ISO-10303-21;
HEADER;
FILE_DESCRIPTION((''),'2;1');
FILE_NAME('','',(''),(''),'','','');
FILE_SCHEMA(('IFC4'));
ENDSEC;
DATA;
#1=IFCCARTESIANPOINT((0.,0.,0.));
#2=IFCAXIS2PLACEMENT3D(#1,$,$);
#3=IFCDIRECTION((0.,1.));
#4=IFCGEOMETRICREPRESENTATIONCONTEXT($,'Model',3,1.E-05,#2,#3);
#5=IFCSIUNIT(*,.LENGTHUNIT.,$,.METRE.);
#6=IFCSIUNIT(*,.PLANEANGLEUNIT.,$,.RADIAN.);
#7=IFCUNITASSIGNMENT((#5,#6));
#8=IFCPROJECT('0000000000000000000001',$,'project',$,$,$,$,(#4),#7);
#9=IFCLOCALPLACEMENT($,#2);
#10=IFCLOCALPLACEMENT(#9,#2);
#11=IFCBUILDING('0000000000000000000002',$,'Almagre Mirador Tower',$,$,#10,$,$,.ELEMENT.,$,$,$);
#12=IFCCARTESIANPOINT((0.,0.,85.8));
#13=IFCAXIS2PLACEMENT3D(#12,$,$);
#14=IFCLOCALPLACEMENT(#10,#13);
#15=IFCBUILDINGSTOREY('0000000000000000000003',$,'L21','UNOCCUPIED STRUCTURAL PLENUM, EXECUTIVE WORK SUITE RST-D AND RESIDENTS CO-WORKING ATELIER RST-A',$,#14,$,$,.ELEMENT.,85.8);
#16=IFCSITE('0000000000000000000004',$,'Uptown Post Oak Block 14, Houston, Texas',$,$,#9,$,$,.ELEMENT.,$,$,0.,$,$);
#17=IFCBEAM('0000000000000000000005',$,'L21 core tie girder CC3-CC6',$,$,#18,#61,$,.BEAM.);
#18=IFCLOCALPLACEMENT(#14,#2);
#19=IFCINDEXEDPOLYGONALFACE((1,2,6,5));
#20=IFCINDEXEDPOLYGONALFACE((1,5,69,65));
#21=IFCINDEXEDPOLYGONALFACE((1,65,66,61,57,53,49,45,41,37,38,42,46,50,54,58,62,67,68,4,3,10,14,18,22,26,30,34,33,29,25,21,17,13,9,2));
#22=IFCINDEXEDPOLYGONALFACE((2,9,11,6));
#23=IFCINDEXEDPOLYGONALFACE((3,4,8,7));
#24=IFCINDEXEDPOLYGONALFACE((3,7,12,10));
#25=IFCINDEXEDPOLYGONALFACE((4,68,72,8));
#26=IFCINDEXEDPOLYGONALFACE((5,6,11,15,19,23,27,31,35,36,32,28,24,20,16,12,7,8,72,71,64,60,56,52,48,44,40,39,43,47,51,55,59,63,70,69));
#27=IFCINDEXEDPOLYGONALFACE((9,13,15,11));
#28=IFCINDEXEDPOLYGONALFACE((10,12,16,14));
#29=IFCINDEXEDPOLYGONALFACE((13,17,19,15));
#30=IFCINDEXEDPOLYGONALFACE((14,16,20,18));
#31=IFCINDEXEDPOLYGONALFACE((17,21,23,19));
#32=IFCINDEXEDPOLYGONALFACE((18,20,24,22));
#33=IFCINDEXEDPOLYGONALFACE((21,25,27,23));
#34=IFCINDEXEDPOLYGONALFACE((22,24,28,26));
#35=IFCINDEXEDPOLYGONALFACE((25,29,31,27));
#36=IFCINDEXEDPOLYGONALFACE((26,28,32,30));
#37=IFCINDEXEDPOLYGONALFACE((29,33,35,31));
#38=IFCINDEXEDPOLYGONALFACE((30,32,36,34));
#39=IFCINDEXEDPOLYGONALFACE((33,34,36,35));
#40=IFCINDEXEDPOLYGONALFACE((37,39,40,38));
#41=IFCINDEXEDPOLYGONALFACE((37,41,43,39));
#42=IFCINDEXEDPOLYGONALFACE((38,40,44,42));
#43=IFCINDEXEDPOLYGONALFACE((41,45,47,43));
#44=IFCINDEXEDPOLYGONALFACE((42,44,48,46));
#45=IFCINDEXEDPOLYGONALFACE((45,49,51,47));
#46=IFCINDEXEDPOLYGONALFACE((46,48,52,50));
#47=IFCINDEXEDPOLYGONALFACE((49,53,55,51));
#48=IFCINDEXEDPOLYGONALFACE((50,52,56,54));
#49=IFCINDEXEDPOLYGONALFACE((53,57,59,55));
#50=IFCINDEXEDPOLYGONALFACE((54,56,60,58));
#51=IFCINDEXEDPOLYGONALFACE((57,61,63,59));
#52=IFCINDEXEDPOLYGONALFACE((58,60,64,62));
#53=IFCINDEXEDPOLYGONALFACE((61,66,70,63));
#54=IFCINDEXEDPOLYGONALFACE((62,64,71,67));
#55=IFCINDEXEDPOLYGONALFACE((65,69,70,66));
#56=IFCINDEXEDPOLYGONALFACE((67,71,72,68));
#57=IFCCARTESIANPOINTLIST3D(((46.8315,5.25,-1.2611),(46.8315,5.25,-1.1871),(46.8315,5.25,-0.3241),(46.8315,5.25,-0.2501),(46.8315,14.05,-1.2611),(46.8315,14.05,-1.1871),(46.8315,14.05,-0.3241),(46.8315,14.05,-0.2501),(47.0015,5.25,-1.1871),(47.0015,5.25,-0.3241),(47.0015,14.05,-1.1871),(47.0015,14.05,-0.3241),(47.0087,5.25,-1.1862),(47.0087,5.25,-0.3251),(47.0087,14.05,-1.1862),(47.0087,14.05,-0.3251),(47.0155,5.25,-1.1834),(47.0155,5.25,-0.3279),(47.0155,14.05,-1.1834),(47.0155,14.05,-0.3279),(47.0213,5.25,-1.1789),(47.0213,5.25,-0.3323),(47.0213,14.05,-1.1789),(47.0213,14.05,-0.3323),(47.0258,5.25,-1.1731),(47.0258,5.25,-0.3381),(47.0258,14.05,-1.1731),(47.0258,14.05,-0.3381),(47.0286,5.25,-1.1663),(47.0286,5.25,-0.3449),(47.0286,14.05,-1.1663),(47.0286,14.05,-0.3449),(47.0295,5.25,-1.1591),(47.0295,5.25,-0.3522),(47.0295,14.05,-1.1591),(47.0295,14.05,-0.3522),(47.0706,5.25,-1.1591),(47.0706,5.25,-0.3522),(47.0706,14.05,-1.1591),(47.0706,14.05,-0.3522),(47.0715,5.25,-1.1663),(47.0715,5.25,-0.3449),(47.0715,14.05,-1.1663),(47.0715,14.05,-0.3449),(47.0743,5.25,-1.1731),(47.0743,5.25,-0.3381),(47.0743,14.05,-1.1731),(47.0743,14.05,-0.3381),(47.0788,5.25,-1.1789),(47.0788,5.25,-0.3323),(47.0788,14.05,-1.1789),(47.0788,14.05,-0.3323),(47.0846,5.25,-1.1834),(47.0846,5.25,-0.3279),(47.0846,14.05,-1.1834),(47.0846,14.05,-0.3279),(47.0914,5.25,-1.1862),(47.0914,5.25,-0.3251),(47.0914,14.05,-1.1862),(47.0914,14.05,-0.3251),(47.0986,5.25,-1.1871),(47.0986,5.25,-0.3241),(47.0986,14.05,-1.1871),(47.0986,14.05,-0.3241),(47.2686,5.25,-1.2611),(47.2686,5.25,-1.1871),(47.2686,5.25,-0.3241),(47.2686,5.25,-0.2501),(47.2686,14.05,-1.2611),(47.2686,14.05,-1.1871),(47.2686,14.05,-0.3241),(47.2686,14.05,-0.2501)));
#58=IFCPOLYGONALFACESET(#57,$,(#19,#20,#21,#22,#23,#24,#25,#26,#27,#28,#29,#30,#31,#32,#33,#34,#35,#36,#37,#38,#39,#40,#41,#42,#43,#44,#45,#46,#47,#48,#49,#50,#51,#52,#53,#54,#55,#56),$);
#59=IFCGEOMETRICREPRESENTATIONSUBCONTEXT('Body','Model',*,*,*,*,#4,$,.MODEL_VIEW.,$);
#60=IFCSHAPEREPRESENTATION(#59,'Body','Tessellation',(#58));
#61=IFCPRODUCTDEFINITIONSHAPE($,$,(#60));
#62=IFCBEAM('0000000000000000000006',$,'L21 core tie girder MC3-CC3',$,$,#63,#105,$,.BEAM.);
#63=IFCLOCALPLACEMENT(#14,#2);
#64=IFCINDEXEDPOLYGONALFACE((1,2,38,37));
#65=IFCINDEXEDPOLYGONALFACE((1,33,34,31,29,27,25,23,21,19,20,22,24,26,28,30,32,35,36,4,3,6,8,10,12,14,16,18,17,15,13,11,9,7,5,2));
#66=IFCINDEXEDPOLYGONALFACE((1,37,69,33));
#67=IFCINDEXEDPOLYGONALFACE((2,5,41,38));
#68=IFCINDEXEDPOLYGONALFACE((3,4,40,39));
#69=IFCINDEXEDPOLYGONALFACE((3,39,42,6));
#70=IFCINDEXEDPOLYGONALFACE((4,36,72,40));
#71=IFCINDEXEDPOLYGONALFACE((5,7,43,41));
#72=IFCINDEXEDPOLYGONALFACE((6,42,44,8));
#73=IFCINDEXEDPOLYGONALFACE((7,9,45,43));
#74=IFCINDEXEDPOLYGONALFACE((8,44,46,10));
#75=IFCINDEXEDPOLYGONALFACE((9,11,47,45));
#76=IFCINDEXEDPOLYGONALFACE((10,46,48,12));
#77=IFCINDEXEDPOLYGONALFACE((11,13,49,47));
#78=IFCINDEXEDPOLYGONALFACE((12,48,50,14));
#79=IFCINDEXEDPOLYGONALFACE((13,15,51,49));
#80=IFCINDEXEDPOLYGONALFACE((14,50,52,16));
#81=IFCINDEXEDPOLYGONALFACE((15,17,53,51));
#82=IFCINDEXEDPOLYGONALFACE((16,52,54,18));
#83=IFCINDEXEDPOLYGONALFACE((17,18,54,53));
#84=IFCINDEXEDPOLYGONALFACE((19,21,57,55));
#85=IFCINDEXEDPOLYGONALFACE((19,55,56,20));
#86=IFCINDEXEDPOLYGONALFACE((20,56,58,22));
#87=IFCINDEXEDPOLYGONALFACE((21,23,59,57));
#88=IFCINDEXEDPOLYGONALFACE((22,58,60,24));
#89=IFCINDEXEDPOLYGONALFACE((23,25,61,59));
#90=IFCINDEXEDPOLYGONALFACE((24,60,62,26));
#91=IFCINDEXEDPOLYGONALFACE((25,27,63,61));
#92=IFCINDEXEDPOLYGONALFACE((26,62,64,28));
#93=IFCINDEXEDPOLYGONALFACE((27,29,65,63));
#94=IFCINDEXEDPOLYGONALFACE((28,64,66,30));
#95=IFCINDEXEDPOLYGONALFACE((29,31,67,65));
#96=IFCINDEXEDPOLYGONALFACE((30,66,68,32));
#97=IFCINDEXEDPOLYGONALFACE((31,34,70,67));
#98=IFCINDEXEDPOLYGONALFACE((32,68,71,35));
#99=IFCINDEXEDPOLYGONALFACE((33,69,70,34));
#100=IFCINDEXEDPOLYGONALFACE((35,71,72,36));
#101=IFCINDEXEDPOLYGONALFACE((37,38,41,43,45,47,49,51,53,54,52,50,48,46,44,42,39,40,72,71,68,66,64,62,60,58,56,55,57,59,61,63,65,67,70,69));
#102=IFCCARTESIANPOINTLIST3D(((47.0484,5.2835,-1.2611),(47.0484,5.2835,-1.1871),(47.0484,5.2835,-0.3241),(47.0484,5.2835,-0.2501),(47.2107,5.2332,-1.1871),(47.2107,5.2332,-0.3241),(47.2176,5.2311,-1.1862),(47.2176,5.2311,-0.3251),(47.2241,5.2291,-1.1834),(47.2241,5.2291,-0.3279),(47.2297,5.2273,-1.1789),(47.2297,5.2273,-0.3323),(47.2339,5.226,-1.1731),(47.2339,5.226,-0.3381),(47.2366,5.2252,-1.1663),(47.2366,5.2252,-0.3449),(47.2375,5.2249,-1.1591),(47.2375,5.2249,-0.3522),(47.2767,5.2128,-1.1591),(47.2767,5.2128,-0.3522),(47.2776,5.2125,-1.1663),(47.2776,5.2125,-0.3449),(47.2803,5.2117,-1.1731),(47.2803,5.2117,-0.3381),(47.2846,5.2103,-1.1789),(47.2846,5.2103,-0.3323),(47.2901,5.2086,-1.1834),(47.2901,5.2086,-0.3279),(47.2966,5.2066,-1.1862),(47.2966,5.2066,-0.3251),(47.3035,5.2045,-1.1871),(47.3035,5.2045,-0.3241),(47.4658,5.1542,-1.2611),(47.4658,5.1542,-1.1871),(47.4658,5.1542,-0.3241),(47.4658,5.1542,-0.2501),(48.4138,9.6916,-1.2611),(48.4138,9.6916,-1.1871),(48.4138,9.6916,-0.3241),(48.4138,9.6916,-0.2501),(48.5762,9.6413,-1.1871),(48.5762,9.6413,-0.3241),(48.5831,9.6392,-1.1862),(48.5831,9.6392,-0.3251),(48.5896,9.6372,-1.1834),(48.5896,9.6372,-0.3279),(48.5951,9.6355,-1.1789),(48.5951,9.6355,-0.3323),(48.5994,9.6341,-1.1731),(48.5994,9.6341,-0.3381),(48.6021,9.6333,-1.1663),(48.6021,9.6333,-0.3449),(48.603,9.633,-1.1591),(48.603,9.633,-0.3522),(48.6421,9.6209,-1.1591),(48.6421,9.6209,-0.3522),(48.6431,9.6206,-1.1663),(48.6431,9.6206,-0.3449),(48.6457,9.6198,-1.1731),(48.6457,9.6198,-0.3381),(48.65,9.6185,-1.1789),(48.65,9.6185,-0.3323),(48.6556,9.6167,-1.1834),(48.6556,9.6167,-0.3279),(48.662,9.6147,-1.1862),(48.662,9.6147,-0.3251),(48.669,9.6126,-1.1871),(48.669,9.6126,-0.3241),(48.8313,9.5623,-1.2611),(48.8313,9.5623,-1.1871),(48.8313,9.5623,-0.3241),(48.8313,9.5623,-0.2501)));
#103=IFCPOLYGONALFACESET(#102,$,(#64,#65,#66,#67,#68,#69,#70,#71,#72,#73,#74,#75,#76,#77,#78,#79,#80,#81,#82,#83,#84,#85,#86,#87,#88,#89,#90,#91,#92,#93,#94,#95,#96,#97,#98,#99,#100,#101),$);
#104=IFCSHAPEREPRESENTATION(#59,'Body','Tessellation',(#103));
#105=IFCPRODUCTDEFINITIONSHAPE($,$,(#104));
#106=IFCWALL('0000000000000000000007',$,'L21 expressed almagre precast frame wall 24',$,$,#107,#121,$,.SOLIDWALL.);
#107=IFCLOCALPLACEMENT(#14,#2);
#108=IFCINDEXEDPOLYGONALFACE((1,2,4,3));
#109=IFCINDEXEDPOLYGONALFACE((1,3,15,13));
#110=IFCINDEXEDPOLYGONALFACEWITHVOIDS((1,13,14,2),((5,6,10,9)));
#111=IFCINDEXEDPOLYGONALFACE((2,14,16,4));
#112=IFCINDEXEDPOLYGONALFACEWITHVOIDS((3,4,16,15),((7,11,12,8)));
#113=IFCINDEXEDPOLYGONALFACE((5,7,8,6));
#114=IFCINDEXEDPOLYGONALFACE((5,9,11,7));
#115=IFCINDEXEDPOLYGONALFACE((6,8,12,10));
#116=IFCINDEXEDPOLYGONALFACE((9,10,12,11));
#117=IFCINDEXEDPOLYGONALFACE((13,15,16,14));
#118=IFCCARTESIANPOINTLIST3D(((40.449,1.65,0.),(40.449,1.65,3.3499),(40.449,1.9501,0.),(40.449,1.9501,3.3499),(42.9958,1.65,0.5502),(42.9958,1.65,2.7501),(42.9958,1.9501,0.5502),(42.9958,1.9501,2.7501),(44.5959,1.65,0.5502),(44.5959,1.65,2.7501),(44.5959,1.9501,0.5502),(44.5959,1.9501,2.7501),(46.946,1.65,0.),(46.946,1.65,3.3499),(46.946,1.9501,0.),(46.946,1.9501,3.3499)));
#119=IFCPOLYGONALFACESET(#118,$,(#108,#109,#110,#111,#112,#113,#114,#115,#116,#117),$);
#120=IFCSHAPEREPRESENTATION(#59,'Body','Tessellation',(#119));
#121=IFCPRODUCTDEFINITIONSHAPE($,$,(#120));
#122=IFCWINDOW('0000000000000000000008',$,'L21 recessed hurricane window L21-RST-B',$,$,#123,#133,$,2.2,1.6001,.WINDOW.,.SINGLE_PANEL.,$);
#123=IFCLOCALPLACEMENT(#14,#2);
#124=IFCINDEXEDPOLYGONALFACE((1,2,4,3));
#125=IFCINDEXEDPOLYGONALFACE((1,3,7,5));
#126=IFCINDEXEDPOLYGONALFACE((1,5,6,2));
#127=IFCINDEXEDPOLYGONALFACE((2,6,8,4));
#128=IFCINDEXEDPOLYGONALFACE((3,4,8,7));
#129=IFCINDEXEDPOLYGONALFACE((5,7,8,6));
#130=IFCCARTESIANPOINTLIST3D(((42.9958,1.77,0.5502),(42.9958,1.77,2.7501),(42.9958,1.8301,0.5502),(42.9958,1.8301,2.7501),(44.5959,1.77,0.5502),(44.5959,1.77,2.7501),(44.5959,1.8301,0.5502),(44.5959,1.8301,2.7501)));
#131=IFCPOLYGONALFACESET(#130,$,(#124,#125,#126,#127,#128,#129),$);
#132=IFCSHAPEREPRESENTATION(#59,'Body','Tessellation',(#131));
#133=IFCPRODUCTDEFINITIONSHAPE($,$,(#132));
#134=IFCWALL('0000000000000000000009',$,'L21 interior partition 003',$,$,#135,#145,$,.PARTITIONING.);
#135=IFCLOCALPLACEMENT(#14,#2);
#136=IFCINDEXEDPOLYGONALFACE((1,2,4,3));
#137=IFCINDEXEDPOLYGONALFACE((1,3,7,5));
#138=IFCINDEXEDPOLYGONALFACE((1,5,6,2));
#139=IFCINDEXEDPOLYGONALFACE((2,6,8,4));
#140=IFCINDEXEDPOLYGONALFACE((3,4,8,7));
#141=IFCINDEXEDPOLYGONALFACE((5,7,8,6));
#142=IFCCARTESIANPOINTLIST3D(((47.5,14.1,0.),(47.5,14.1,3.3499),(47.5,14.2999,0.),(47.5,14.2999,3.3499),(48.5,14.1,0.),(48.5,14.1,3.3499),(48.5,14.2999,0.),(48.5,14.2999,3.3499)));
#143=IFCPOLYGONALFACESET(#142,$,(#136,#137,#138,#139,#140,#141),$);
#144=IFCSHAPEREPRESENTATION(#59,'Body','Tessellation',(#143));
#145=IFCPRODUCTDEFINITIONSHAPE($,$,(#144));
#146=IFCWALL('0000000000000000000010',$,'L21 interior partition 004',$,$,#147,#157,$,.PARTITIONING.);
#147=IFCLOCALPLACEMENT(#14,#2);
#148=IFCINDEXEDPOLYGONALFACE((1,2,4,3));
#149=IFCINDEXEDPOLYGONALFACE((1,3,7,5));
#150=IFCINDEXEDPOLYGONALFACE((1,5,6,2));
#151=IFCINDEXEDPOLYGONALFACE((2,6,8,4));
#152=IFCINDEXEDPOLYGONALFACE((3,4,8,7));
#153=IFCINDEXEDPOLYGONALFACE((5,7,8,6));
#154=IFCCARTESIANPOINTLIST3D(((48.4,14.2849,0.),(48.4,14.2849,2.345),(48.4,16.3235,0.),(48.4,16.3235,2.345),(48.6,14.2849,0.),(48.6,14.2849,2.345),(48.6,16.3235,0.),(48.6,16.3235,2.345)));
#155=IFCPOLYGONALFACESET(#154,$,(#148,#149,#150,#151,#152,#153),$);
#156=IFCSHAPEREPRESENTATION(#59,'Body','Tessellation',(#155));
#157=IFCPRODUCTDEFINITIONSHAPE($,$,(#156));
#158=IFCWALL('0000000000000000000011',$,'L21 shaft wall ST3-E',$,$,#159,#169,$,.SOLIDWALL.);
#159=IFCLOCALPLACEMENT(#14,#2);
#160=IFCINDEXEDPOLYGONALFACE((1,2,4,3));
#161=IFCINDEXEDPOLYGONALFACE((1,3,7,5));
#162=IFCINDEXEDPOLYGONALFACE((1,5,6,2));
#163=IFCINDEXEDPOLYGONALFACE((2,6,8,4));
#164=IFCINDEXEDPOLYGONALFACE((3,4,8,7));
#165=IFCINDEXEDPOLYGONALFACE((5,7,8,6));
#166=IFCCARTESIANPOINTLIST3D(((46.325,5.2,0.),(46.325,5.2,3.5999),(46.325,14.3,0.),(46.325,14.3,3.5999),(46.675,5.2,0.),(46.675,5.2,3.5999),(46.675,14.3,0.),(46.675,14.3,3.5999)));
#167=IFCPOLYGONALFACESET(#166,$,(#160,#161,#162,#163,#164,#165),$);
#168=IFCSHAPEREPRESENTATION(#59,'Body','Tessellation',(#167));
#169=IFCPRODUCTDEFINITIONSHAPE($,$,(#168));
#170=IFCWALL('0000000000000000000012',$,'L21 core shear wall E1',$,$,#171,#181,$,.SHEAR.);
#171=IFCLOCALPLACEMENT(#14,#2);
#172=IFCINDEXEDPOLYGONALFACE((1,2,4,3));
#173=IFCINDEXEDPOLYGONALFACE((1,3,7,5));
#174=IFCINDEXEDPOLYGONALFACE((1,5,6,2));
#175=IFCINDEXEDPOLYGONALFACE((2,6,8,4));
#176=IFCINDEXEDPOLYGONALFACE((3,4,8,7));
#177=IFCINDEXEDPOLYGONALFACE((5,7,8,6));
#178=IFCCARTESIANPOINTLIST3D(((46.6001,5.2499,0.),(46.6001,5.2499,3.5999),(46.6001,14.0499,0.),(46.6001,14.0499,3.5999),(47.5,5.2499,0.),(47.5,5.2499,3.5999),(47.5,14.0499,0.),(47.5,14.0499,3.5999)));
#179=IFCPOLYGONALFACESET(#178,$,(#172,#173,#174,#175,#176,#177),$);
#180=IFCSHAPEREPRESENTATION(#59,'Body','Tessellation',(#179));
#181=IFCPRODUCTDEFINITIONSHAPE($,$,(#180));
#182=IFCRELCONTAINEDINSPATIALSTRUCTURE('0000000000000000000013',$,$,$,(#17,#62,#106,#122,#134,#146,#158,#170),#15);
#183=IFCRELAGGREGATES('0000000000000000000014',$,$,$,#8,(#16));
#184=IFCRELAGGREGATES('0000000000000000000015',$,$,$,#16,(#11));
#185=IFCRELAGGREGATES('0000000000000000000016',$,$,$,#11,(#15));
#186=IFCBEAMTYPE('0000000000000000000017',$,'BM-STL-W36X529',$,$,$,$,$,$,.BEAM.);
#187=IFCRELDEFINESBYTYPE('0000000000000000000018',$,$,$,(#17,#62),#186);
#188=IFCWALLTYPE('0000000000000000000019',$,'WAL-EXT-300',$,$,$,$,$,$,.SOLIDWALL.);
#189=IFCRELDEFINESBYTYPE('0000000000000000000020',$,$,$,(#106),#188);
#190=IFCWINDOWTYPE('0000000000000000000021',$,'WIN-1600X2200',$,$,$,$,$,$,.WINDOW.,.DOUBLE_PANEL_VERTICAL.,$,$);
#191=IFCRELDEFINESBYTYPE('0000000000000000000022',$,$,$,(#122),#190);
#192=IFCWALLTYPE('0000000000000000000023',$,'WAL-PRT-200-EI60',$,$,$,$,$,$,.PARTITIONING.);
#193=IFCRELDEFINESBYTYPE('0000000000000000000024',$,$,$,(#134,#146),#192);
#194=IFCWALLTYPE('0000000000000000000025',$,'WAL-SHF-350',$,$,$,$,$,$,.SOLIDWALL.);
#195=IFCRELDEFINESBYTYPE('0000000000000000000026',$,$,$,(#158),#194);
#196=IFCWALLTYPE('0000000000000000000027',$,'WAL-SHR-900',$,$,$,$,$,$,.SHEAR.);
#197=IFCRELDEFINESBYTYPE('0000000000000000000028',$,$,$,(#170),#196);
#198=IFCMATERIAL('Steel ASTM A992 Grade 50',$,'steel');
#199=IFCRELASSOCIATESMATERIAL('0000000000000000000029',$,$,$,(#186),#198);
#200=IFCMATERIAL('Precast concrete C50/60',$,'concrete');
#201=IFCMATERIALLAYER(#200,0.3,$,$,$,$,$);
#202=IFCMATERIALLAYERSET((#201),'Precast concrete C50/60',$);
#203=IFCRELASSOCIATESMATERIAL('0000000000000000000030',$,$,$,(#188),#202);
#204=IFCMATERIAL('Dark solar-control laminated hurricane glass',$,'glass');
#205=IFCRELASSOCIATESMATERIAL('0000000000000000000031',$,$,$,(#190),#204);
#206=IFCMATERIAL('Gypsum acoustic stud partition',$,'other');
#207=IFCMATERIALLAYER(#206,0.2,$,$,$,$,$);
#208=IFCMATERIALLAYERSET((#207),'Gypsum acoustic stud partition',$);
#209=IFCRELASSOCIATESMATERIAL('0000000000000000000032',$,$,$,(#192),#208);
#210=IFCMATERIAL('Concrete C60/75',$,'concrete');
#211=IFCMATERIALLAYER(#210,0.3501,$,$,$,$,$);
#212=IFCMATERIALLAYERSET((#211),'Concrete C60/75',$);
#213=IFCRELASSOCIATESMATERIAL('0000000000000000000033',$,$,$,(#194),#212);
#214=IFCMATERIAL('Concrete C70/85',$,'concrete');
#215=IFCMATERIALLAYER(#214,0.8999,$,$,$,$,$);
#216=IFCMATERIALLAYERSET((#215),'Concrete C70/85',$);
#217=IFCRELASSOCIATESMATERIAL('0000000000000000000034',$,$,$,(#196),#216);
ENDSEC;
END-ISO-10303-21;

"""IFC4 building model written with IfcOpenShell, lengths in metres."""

from ifc_helpers import new_model, si_unit, direction, frame, frame_2d, origin, origin_2d, place, context, subcontext, project, spatial, rectangle, i_section, extrude, material, layer, layer_set, material_profile, profile_set, type_object, element, fill, save


model = new_model("IFC4")

# Units and contexts
model_context = context("Model", 3, precision=1e-05, world=origin(), true_north=direction((0.0, 1.0)))
body_context = subcontext(model_context, "Body", "Model", "MODEL_VIEW")
ifc_project = project(units=[si_unit("LENGTHUNIT", "METRE"), si_unit("PLANEANGLEUNIT", "RADIAN")], contexts=[model_context])

# Site, building, storey
site_placement = place(None, origin())
site = spatial("IfcSite", under=ifc_project, at=site_placement, Name="Uptown Post Oak Block 14, Houston, Texas", CompositionType="ELEMENT", RefElevation=0.0)
building_placement = place(site_placement, origin())
building = spatial("IfcBuilding", under=site, at=building_placement, Name="Almagre Mirador Tower", CompositionType="ELEMENT")
storey_placement = place(building_placement, frame((0.0, 0.0, 85.8)))
storey = spatial("IfcBuildingStorey", under=building, at=storey_placement, Name="L21", Description="UNOCCUPIED STRUCTURAL PLENUM, EXECUTIVE WORK SUITE RST-D AND RESIDENTS CO-WORKING ATELIER RST-A", CompositionType="ELEMENT", Elevation=85.8)

# Beams
ifc_material_1 = material(Name="Steel ASTM A992 Grade 50", Category="steel")
ifc_material_profile_1 = material_profile(ifc_material_1, i_section(OverallWidth=0.437, OverallDepth=1.011, WebThickness=0.041, FlangeThickness=0.074, FilletRadius=0.0281, at=origin_2d()), Name="W36X529")
ifc_profile_set_1 = profile_set([ifc_material_profile_1], Name="Steel ASTM A992 Grade 50")
beam_type_1 = type_object("IfcBeamType", Name="BM-STL-W36X529", PredefinedType="BEAM", material=ifc_profile_set_1)
beam_1_placement = place(storey_placement, frame((47.05, 5.25, -0.7556), z_axis=(0.0, 1.0, 0.0), x_axis=(-1.0, 0.0, 0.0)))
element("IfcBeam", 1, at=beam_1_placement, inside=storey, type_object=beam_type_1, Name="L21 core tie girder CC3-CC6", PredefinedType="BEAM", context=body_context, shape_type="SweptSolid", body=[
    extrude(i_section(OverallWidth=0.437, OverallDepth=1.011, WebThickness=0.041, FlangeThickness=0.074, FilletRadius=0.0281, at=origin_2d()), origin(), (0.0, 0.0, 1.0), 8.8),
])
beam_2_placement = place(storey_placement, frame((48.6226, 9.627, -0.7556), z_axis=(-0.295888, -0.955223, 0.0), x_axis=(0.955223, -0.295888, 0.0)))
element("IfcBeam", 2, at=beam_2_placement, inside=storey, type_object=beam_type_1, Name="L21 core tie girder MC3-CC3", PredefinedType="BEAM", context=body_context, shape_type="SweptSolid", body=[
    extrude(i_section(OverallWidth=0.437, OverallDepth=1.011, WebThickness=0.041, FlangeThickness=0.074, FilletRadius=0.0281, at=origin_2d()), origin(), (0.0, 0.0, 1.0), 4.6147),
])

# Wall, opening, window
ifc_material_2 = material(Name="Precast concrete C50/60", Category="concrete")
ifc_layer_1 = layer(ifc_material_2, 0.3)
ifc_layer_set_1 = layer_set([ifc_layer_1], Name="Precast concrete C50/60")
wall_type_1 = type_object("IfcWallType", Name="WAL-EXT-300", PredefinedType="SOLIDWALL", material=ifc_layer_set_1)
wall_1_placement = place(storey_placement, frame((46.946, 1.8, 0.0), z_axis=(0.0, 0.0, 1.0), x_axis=(-1.0, 0.0, 0.0)))
wall_1 = element("IfcWall", 3, at=wall_1_placement, inside=storey, type_object=wall_type_1, Name="L21 expressed almagre precast frame wall 24", PredefinedType="SOLIDWALL", context=body_context, shape_type="SweptSolid", body=[
    extrude(rectangle(XDim=6.4971, YDim=0.3, at=frame_2d((3.2485, 0.0))), origin(), (0.0, 0.0, 1.0), 3.3499),
])
opening_placement = place(wall_1_placement, frame((2.3501, 0.0, 0.55)))
opening = element("IfcOpeningElement", 4, at=opening_placement, cuts=wall_1, PredefinedType="OPENING", context=body_context, shape_type="SweptSolid", body=[
    extrude(rectangle(XDim=1.6001, YDim=2.2, at=frame_2d((0.8, 1.1001))), frame((0.0, 0.1599, 0.0), z_axis=(0.0, -1.0, 0.0), x_axis=(1.0, 0.0, 0.0)), (0.0, 0.0, 1.0), 0.32),
])
ifc_material_3 = material(Name="Dark solar-control laminated hurricane glass", Category="glass")
window_type = type_object("IfcWindowType", Name="WIN-1600X2200", PartitioningType="DOUBLE_PANEL_VERTICAL", PredefinedType="WINDOW", material=ifc_material_3)
window_placement = place(opening_placement, origin())
window = element("IfcWindow", 5, at=window_placement, inside=storey, type_object=window_type, Name="L21 recessed hurricane window L21-RST-B", OverallHeight=2.2, OverallWidth=1.6001, PartitioningType="SINGLE_PANEL", PredefinedType="WINDOW", context=body_context, shape_type="SweptSolid", body=[
    extrude(rectangle(XDim=1.6001, YDim=2.2, at=frame_2d((0.8, 1.1001))), frame((0.0, 0.03, 0.0), z_axis=(0.0, -1.0, 0.0), x_axis=(1.0, 0.0, 0.0)), (0.0, 0.0, 1.0), 0.0601),
])
fill(opening, window)

# Walls
ifc_material_4 = material(Name="Gypsum acoustic stud partition", Category="other")
ifc_layer_2 = layer(ifc_material_4, 0.2)
ifc_layer_set_2 = layer_set([ifc_layer_2], Name="Gypsum acoustic stud partition")
wall_type_2 = type_object("IfcWallType", Name="WAL-PRT-200-EI60", PredefinedType="PARTITIONING", material=ifc_layer_set_2)
wall_2_placement = place(storey_placement, frame((47.5, 14.2, 0.0), z_axis=(0.0, 0.0, 1.0), x_axis=(1.0, 0.0, 0.0)))
element("IfcWall", 6, at=wall_2_placement, inside=storey, type_object=wall_type_2, Name="L21 interior partition 003", PredefinedType="PARTITIONING", context=body_context, shape_type="SweptSolid", body=[
    extrude(rectangle(XDim=1.0, YDim=0.2, at=frame_2d((0.5, 0.0))), origin(), (0.0, 0.0, 1.0), 3.3499),
])
wall_3_placement = place(storey_placement, frame((48.5, 14.2849, 0.0), z_axis=(0.0, 0.0, 1.0), x_axis=(0.0, 1.0, 0.0)))
element("IfcWall", 7, at=wall_3_placement, inside=storey, type_object=wall_type_2, Name="L21 interior partition 004", PredefinedType="PARTITIONING", context=body_context, shape_type="SweptSolid", body=[
    extrude(rectangle(XDim=2.0386, YDim=0.2, at=frame_2d((1.0193, 0.0))), origin(), (0.0, 0.0, 1.0), 2.345),
])
ifc_material_5 = material(Name="Concrete C60/75", Category="concrete")
ifc_layer_3 = layer(ifc_material_5, 0.3501)
ifc_layer_set_3 = layer_set([ifc_layer_3], Name="Concrete C60/75")
wall_type_3 = type_object("IfcWallType", Name="WAL-SHF-350", PredefinedType="SOLIDWALL", material=ifc_layer_set_3)
wall_4_placement = place(storey_placement, frame((46.5, 5.2, 0.0), z_axis=(0.0, 0.0, 1.0), x_axis=(0.0, 1.0, 0.0)))
element("IfcWall", 8, at=wall_4_placement, inside=storey, type_object=wall_type_3, Name="L21 shaft wall ST3-E", PredefinedType="SOLIDWALL", context=body_context, shape_type="SweptSolid", body=[
    extrude(rectangle(XDim=9.1001, YDim=0.3501, at=frame_2d((4.55, 0.0))), origin(), (0.0, 0.0, 1.0), 3.5999),
])
ifc_material_6 = material(Name="Concrete C70/85", Category="concrete")
ifc_layer_4 = layer(ifc_material_6, 0.8999)
ifc_layer_set_4 = layer_set([ifc_layer_4], Name="Concrete C70/85")
wall_type_4 = type_object("IfcWallType", Name="WAL-SHR-900", PredefinedType="SHEAR", material=ifc_layer_set_4)
wall_5_placement = place(storey_placement, frame((47.05, 5.25, 0.0), z_axis=(0.0, 0.0, 1.0), x_axis=(0.0, 1.0, 0.0)))
element("IfcWall", 9, at=wall_5_placement, inside=storey, type_object=wall_type_4, Name="L21 core shear wall E1", PredefinedType="SHEAR", context=body_context, shape_type="SweptSolid", body=[
    extrude(rectangle(XDim=8.8, YDim=0.8999, at=frame_2d((4.3999, 0.0))), origin(), (0.0, 0.0, 1.0), 3.5999),
])

save(model, "model.ifc")
